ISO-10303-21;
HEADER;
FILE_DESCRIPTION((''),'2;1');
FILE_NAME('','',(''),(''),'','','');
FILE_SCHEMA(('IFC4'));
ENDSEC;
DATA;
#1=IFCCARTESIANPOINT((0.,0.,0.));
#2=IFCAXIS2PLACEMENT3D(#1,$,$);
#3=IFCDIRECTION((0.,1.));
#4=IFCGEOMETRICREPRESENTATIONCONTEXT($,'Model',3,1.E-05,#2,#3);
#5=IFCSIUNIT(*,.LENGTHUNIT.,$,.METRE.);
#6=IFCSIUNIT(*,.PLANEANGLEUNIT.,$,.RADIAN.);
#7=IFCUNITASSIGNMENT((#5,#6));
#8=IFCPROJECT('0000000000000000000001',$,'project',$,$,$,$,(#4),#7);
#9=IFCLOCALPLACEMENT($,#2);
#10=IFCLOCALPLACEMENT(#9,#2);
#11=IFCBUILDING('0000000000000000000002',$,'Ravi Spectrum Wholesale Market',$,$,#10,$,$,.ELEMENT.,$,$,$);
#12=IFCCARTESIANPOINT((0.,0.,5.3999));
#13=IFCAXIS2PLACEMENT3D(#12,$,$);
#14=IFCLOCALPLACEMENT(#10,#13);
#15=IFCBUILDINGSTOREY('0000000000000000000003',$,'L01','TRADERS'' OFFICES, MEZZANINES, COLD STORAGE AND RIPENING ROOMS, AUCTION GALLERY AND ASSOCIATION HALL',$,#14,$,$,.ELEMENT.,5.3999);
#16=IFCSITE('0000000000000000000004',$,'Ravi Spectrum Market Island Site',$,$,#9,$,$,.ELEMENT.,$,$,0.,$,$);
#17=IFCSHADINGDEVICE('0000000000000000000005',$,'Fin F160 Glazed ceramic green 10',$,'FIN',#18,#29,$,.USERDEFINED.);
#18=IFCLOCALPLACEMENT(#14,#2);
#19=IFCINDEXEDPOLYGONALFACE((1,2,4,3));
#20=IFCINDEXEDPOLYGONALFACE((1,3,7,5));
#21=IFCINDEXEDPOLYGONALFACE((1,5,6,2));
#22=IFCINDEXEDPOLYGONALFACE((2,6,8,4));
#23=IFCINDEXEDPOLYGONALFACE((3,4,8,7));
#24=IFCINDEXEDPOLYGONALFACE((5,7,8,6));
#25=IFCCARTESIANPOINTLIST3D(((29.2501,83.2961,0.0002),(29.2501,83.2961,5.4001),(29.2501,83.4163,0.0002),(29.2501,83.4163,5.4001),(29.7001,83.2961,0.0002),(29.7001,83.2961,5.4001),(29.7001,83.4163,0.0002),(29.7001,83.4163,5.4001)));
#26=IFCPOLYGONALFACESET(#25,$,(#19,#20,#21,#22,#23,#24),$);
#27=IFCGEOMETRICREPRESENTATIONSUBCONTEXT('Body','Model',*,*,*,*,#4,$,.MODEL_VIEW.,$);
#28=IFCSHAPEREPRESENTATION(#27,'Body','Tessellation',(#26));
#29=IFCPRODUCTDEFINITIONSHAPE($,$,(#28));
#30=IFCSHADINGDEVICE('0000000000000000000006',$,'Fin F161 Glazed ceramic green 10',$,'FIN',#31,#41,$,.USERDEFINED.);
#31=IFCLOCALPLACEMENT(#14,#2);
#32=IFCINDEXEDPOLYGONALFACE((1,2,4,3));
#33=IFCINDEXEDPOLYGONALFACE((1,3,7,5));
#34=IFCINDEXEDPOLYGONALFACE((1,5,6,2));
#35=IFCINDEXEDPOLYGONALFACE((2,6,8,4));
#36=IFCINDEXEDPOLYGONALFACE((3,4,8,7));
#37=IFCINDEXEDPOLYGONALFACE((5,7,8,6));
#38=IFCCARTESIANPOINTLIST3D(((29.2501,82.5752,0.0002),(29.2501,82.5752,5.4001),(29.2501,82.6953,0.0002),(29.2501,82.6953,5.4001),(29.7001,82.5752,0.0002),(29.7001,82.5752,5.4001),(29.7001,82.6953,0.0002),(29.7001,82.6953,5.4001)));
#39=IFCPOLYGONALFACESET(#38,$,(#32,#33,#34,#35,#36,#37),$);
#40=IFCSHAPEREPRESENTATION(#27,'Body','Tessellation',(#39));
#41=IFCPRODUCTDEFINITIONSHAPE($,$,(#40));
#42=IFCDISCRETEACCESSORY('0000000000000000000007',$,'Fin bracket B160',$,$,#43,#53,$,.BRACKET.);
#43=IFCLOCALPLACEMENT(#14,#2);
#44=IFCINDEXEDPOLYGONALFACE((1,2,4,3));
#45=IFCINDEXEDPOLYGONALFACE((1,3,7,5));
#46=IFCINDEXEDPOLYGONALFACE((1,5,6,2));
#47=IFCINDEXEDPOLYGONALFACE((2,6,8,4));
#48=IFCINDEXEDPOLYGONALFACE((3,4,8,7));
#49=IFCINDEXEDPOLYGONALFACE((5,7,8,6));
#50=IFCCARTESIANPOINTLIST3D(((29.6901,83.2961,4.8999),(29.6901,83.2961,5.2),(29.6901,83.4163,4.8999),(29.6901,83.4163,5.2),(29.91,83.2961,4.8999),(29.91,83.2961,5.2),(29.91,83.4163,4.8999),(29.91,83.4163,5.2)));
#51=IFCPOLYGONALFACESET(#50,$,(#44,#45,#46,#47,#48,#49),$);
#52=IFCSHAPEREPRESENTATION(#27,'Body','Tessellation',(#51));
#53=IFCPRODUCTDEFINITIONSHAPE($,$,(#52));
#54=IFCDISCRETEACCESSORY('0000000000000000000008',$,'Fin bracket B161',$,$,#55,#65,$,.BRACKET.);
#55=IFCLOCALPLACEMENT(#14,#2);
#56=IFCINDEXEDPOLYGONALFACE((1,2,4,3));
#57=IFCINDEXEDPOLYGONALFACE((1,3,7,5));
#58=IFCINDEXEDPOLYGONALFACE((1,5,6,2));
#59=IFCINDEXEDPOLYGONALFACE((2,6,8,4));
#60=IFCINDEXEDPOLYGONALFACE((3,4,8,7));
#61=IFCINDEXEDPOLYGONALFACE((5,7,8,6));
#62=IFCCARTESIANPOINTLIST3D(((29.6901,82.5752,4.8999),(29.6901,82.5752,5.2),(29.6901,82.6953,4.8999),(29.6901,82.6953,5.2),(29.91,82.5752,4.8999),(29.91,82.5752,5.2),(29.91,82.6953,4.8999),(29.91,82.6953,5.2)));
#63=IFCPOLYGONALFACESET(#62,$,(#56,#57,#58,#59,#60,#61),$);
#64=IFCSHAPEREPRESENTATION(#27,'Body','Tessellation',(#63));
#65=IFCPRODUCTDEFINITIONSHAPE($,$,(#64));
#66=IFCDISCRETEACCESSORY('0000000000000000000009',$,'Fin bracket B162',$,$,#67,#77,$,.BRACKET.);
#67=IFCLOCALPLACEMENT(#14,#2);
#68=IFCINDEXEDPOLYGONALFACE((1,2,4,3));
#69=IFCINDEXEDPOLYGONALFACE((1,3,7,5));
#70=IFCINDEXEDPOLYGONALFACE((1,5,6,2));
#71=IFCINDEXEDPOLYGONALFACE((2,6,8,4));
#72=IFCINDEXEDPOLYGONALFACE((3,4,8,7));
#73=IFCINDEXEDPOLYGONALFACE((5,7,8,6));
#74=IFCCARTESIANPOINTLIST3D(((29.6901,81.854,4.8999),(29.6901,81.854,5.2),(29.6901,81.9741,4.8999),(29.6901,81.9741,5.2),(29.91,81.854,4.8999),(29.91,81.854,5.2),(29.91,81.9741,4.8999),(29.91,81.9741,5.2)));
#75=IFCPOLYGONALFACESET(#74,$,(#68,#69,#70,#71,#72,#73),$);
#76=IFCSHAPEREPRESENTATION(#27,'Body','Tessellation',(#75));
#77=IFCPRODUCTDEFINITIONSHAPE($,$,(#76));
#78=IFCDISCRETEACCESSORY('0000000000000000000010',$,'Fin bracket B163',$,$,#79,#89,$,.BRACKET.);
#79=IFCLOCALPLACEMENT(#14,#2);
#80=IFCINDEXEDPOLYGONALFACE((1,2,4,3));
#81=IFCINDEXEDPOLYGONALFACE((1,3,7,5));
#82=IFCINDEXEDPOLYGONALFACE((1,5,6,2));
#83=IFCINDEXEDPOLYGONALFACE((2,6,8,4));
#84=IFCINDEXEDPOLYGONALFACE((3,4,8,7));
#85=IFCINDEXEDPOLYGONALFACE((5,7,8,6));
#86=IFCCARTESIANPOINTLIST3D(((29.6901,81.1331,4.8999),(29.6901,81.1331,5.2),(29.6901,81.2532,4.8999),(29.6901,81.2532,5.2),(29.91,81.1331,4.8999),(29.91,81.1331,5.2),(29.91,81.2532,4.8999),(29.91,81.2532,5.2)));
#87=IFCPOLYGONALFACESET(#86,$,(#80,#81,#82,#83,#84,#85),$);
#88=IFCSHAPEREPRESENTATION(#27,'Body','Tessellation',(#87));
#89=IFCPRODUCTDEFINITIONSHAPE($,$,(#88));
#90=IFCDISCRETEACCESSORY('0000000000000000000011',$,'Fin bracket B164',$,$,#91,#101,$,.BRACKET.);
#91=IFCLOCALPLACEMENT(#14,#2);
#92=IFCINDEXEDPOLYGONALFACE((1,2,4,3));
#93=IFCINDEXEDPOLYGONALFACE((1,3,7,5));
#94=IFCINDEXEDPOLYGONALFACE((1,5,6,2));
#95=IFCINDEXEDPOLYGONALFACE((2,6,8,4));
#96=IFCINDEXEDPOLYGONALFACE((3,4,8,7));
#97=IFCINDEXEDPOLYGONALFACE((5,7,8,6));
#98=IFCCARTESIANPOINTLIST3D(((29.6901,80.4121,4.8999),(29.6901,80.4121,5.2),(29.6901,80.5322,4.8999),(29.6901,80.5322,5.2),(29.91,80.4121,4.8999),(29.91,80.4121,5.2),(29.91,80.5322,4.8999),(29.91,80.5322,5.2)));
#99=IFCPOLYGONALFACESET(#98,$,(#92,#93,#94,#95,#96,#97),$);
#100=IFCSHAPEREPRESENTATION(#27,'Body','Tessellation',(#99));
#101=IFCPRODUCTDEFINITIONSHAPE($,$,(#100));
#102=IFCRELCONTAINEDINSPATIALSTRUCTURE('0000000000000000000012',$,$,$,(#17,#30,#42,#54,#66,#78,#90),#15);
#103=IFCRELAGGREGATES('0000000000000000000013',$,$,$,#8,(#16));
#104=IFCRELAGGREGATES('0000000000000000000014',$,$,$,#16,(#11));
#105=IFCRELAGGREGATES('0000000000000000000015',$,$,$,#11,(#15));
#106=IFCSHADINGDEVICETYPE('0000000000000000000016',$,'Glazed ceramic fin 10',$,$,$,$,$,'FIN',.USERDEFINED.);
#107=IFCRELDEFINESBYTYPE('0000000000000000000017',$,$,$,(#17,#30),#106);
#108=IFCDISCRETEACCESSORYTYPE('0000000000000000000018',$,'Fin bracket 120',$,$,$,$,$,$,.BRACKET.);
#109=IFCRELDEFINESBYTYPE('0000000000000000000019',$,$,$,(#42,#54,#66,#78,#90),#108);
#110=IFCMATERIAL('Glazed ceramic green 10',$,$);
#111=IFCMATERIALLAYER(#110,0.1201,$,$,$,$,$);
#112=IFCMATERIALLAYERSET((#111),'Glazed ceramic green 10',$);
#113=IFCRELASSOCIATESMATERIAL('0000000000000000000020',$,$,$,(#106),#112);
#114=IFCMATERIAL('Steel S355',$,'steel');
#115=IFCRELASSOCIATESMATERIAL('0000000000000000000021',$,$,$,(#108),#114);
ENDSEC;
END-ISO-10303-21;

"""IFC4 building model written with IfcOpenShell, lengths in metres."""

from ifc_helpers import new_model, si_unit, direction, frame, origin, origin_2d, place, context, subcontext, project, spatial, rectangle, extrude, material, layer, layer_set, type_object, element, save


model = new_model("IFC4")

# Units and contexts
model_context = context("Model", 3, precision=1e-05, world=origin(), true_north=direction((0.0, 1.0)))
body_context = subcontext(model_context, "Body", "Model", "MODEL_VIEW")
ifc_project = project(units=[si_unit("LENGTHUNIT", "METRE"), si_unit("PLANEANGLEUNIT", "RADIAN")], contexts=[model_context])

# Site, building, storey
site_placement = place(None, origin())
site = spatial("IfcSite", under=ifc_project, at=site_placement, Name="Ravi Spectrum Market Island Site", CompositionType="ELEMENT", RefElevation=0.0)
building_placement = place(site_placement, origin())
building = spatial("IfcBuilding", under=site, at=building_placement, Name="Ravi Spectrum Wholesale Market", CompositionType="ELEMENT")
storey_placement = place(building_placement, frame((0.0, 0.0, 5.3999)))
storey = spatial("IfcBuildingStorey", under=building, at=storey_placement, Name="L01", Description="TRADERS' OFFICES, MEZZANINES, COLD STORAGE AND RIPENING ROOMS, AUCTION GALLERY AND ASSOCIATION HALL", CompositionType="ELEMENT", Elevation=5.3999)

# Shading devices
ifc_material_1 = material(Name="Glazed ceramic green 10")
ifc_layer_1 = layer(ifc_material_1, 0.1201)
ifc_layer_set_1 = layer_set([ifc_layer_1], Name="Glazed ceramic green 10")
shading_device_type_1 = type_object("IfcShadingDeviceType", Name="Glazed ceramic fin 10", ElementType="FIN", PredefinedType="USERDEFINED", material=ifc_layer_set_1)
for number, where, z_axis, x_axis, name in (
    (1, (29.4751, 83.3562, 0.0002), (0.0, 0.0, 1.0), (0.0, -1.0, 0.0), "Fin F160 Glazed ceramic green 10"),
    (2, (29.4751, 82.6353, 0.0002), (0.0, 0.0, 1.0), (0.0, -1.0, 0.0), "Fin F161 Glazed ceramic green 10"),
):
    element("IfcShadingDevice", number, at=place(storey_placement, frame(where, z_axis=z_axis, x_axis=x_axis)), inside=storey, type_object=shading_device_type_1, Name=name, ObjectType="FIN", PredefinedType="USERDEFINED", context=body_context, shape_type="SweptSolid", body=[
        extrude(rectangle(XDim=0.1201, YDim=0.45, at=origin_2d()), origin(), (0.0, 0.0, 1.0), 5.3999),
    ])

# Discrete accessories
ifc_material_2 = material(Name="Steel S355", Category="steel")
discrete_accessory_type = type_object("IfcDiscreteAccessoryType", Name="Fin bracket 120", PredefinedType="BRACKET", material=ifc_material_2)
for number, where, z_axis, x_axis, name in (
    (3, (29.8, 83.3562, 4.8999), (0.0, 0.0, 1.0), (0.0, -1.0, 0.0), "Fin bracket B160"),
    (4, (29.8, 82.6353, 4.8999), (0.0, 0.0, 1.0), (0.0, -1.0, 0.0), "Fin bracket B161"),
    (5, (29.8, 81.9141, 4.8999), (0.0, 0.0, 1.0), (0.0, -1.0, 0.0), "Fin bracket B162"),
    (6, (29.8, 81.1931, 4.8999), (0.0, 0.0, 1.0), (0.0, -1.0, 0.0), "Fin bracket B163"),
    (7, (29.8, 80.4722, 4.8999), (0.0, 0.0, 1.0), (0.0, -1.0, 0.0), "Fin bracket B164"),
):
    element("IfcDiscreteAccessory", number, at=place(storey_placement, frame(where, z_axis=z_axis, x_axis=x_axis)), inside=storey, type_object=discrete_accessory_type, Name=name, PredefinedType="BRACKET", context=body_context, shape_type="SweptSolid", body=[
        extrude(rectangle(XDim=0.1201, YDim=0.22, at=origin_2d()), origin(), (0.0, 0.0, 1.0), 0.3),
    ])

save(model, "model.ifc")
